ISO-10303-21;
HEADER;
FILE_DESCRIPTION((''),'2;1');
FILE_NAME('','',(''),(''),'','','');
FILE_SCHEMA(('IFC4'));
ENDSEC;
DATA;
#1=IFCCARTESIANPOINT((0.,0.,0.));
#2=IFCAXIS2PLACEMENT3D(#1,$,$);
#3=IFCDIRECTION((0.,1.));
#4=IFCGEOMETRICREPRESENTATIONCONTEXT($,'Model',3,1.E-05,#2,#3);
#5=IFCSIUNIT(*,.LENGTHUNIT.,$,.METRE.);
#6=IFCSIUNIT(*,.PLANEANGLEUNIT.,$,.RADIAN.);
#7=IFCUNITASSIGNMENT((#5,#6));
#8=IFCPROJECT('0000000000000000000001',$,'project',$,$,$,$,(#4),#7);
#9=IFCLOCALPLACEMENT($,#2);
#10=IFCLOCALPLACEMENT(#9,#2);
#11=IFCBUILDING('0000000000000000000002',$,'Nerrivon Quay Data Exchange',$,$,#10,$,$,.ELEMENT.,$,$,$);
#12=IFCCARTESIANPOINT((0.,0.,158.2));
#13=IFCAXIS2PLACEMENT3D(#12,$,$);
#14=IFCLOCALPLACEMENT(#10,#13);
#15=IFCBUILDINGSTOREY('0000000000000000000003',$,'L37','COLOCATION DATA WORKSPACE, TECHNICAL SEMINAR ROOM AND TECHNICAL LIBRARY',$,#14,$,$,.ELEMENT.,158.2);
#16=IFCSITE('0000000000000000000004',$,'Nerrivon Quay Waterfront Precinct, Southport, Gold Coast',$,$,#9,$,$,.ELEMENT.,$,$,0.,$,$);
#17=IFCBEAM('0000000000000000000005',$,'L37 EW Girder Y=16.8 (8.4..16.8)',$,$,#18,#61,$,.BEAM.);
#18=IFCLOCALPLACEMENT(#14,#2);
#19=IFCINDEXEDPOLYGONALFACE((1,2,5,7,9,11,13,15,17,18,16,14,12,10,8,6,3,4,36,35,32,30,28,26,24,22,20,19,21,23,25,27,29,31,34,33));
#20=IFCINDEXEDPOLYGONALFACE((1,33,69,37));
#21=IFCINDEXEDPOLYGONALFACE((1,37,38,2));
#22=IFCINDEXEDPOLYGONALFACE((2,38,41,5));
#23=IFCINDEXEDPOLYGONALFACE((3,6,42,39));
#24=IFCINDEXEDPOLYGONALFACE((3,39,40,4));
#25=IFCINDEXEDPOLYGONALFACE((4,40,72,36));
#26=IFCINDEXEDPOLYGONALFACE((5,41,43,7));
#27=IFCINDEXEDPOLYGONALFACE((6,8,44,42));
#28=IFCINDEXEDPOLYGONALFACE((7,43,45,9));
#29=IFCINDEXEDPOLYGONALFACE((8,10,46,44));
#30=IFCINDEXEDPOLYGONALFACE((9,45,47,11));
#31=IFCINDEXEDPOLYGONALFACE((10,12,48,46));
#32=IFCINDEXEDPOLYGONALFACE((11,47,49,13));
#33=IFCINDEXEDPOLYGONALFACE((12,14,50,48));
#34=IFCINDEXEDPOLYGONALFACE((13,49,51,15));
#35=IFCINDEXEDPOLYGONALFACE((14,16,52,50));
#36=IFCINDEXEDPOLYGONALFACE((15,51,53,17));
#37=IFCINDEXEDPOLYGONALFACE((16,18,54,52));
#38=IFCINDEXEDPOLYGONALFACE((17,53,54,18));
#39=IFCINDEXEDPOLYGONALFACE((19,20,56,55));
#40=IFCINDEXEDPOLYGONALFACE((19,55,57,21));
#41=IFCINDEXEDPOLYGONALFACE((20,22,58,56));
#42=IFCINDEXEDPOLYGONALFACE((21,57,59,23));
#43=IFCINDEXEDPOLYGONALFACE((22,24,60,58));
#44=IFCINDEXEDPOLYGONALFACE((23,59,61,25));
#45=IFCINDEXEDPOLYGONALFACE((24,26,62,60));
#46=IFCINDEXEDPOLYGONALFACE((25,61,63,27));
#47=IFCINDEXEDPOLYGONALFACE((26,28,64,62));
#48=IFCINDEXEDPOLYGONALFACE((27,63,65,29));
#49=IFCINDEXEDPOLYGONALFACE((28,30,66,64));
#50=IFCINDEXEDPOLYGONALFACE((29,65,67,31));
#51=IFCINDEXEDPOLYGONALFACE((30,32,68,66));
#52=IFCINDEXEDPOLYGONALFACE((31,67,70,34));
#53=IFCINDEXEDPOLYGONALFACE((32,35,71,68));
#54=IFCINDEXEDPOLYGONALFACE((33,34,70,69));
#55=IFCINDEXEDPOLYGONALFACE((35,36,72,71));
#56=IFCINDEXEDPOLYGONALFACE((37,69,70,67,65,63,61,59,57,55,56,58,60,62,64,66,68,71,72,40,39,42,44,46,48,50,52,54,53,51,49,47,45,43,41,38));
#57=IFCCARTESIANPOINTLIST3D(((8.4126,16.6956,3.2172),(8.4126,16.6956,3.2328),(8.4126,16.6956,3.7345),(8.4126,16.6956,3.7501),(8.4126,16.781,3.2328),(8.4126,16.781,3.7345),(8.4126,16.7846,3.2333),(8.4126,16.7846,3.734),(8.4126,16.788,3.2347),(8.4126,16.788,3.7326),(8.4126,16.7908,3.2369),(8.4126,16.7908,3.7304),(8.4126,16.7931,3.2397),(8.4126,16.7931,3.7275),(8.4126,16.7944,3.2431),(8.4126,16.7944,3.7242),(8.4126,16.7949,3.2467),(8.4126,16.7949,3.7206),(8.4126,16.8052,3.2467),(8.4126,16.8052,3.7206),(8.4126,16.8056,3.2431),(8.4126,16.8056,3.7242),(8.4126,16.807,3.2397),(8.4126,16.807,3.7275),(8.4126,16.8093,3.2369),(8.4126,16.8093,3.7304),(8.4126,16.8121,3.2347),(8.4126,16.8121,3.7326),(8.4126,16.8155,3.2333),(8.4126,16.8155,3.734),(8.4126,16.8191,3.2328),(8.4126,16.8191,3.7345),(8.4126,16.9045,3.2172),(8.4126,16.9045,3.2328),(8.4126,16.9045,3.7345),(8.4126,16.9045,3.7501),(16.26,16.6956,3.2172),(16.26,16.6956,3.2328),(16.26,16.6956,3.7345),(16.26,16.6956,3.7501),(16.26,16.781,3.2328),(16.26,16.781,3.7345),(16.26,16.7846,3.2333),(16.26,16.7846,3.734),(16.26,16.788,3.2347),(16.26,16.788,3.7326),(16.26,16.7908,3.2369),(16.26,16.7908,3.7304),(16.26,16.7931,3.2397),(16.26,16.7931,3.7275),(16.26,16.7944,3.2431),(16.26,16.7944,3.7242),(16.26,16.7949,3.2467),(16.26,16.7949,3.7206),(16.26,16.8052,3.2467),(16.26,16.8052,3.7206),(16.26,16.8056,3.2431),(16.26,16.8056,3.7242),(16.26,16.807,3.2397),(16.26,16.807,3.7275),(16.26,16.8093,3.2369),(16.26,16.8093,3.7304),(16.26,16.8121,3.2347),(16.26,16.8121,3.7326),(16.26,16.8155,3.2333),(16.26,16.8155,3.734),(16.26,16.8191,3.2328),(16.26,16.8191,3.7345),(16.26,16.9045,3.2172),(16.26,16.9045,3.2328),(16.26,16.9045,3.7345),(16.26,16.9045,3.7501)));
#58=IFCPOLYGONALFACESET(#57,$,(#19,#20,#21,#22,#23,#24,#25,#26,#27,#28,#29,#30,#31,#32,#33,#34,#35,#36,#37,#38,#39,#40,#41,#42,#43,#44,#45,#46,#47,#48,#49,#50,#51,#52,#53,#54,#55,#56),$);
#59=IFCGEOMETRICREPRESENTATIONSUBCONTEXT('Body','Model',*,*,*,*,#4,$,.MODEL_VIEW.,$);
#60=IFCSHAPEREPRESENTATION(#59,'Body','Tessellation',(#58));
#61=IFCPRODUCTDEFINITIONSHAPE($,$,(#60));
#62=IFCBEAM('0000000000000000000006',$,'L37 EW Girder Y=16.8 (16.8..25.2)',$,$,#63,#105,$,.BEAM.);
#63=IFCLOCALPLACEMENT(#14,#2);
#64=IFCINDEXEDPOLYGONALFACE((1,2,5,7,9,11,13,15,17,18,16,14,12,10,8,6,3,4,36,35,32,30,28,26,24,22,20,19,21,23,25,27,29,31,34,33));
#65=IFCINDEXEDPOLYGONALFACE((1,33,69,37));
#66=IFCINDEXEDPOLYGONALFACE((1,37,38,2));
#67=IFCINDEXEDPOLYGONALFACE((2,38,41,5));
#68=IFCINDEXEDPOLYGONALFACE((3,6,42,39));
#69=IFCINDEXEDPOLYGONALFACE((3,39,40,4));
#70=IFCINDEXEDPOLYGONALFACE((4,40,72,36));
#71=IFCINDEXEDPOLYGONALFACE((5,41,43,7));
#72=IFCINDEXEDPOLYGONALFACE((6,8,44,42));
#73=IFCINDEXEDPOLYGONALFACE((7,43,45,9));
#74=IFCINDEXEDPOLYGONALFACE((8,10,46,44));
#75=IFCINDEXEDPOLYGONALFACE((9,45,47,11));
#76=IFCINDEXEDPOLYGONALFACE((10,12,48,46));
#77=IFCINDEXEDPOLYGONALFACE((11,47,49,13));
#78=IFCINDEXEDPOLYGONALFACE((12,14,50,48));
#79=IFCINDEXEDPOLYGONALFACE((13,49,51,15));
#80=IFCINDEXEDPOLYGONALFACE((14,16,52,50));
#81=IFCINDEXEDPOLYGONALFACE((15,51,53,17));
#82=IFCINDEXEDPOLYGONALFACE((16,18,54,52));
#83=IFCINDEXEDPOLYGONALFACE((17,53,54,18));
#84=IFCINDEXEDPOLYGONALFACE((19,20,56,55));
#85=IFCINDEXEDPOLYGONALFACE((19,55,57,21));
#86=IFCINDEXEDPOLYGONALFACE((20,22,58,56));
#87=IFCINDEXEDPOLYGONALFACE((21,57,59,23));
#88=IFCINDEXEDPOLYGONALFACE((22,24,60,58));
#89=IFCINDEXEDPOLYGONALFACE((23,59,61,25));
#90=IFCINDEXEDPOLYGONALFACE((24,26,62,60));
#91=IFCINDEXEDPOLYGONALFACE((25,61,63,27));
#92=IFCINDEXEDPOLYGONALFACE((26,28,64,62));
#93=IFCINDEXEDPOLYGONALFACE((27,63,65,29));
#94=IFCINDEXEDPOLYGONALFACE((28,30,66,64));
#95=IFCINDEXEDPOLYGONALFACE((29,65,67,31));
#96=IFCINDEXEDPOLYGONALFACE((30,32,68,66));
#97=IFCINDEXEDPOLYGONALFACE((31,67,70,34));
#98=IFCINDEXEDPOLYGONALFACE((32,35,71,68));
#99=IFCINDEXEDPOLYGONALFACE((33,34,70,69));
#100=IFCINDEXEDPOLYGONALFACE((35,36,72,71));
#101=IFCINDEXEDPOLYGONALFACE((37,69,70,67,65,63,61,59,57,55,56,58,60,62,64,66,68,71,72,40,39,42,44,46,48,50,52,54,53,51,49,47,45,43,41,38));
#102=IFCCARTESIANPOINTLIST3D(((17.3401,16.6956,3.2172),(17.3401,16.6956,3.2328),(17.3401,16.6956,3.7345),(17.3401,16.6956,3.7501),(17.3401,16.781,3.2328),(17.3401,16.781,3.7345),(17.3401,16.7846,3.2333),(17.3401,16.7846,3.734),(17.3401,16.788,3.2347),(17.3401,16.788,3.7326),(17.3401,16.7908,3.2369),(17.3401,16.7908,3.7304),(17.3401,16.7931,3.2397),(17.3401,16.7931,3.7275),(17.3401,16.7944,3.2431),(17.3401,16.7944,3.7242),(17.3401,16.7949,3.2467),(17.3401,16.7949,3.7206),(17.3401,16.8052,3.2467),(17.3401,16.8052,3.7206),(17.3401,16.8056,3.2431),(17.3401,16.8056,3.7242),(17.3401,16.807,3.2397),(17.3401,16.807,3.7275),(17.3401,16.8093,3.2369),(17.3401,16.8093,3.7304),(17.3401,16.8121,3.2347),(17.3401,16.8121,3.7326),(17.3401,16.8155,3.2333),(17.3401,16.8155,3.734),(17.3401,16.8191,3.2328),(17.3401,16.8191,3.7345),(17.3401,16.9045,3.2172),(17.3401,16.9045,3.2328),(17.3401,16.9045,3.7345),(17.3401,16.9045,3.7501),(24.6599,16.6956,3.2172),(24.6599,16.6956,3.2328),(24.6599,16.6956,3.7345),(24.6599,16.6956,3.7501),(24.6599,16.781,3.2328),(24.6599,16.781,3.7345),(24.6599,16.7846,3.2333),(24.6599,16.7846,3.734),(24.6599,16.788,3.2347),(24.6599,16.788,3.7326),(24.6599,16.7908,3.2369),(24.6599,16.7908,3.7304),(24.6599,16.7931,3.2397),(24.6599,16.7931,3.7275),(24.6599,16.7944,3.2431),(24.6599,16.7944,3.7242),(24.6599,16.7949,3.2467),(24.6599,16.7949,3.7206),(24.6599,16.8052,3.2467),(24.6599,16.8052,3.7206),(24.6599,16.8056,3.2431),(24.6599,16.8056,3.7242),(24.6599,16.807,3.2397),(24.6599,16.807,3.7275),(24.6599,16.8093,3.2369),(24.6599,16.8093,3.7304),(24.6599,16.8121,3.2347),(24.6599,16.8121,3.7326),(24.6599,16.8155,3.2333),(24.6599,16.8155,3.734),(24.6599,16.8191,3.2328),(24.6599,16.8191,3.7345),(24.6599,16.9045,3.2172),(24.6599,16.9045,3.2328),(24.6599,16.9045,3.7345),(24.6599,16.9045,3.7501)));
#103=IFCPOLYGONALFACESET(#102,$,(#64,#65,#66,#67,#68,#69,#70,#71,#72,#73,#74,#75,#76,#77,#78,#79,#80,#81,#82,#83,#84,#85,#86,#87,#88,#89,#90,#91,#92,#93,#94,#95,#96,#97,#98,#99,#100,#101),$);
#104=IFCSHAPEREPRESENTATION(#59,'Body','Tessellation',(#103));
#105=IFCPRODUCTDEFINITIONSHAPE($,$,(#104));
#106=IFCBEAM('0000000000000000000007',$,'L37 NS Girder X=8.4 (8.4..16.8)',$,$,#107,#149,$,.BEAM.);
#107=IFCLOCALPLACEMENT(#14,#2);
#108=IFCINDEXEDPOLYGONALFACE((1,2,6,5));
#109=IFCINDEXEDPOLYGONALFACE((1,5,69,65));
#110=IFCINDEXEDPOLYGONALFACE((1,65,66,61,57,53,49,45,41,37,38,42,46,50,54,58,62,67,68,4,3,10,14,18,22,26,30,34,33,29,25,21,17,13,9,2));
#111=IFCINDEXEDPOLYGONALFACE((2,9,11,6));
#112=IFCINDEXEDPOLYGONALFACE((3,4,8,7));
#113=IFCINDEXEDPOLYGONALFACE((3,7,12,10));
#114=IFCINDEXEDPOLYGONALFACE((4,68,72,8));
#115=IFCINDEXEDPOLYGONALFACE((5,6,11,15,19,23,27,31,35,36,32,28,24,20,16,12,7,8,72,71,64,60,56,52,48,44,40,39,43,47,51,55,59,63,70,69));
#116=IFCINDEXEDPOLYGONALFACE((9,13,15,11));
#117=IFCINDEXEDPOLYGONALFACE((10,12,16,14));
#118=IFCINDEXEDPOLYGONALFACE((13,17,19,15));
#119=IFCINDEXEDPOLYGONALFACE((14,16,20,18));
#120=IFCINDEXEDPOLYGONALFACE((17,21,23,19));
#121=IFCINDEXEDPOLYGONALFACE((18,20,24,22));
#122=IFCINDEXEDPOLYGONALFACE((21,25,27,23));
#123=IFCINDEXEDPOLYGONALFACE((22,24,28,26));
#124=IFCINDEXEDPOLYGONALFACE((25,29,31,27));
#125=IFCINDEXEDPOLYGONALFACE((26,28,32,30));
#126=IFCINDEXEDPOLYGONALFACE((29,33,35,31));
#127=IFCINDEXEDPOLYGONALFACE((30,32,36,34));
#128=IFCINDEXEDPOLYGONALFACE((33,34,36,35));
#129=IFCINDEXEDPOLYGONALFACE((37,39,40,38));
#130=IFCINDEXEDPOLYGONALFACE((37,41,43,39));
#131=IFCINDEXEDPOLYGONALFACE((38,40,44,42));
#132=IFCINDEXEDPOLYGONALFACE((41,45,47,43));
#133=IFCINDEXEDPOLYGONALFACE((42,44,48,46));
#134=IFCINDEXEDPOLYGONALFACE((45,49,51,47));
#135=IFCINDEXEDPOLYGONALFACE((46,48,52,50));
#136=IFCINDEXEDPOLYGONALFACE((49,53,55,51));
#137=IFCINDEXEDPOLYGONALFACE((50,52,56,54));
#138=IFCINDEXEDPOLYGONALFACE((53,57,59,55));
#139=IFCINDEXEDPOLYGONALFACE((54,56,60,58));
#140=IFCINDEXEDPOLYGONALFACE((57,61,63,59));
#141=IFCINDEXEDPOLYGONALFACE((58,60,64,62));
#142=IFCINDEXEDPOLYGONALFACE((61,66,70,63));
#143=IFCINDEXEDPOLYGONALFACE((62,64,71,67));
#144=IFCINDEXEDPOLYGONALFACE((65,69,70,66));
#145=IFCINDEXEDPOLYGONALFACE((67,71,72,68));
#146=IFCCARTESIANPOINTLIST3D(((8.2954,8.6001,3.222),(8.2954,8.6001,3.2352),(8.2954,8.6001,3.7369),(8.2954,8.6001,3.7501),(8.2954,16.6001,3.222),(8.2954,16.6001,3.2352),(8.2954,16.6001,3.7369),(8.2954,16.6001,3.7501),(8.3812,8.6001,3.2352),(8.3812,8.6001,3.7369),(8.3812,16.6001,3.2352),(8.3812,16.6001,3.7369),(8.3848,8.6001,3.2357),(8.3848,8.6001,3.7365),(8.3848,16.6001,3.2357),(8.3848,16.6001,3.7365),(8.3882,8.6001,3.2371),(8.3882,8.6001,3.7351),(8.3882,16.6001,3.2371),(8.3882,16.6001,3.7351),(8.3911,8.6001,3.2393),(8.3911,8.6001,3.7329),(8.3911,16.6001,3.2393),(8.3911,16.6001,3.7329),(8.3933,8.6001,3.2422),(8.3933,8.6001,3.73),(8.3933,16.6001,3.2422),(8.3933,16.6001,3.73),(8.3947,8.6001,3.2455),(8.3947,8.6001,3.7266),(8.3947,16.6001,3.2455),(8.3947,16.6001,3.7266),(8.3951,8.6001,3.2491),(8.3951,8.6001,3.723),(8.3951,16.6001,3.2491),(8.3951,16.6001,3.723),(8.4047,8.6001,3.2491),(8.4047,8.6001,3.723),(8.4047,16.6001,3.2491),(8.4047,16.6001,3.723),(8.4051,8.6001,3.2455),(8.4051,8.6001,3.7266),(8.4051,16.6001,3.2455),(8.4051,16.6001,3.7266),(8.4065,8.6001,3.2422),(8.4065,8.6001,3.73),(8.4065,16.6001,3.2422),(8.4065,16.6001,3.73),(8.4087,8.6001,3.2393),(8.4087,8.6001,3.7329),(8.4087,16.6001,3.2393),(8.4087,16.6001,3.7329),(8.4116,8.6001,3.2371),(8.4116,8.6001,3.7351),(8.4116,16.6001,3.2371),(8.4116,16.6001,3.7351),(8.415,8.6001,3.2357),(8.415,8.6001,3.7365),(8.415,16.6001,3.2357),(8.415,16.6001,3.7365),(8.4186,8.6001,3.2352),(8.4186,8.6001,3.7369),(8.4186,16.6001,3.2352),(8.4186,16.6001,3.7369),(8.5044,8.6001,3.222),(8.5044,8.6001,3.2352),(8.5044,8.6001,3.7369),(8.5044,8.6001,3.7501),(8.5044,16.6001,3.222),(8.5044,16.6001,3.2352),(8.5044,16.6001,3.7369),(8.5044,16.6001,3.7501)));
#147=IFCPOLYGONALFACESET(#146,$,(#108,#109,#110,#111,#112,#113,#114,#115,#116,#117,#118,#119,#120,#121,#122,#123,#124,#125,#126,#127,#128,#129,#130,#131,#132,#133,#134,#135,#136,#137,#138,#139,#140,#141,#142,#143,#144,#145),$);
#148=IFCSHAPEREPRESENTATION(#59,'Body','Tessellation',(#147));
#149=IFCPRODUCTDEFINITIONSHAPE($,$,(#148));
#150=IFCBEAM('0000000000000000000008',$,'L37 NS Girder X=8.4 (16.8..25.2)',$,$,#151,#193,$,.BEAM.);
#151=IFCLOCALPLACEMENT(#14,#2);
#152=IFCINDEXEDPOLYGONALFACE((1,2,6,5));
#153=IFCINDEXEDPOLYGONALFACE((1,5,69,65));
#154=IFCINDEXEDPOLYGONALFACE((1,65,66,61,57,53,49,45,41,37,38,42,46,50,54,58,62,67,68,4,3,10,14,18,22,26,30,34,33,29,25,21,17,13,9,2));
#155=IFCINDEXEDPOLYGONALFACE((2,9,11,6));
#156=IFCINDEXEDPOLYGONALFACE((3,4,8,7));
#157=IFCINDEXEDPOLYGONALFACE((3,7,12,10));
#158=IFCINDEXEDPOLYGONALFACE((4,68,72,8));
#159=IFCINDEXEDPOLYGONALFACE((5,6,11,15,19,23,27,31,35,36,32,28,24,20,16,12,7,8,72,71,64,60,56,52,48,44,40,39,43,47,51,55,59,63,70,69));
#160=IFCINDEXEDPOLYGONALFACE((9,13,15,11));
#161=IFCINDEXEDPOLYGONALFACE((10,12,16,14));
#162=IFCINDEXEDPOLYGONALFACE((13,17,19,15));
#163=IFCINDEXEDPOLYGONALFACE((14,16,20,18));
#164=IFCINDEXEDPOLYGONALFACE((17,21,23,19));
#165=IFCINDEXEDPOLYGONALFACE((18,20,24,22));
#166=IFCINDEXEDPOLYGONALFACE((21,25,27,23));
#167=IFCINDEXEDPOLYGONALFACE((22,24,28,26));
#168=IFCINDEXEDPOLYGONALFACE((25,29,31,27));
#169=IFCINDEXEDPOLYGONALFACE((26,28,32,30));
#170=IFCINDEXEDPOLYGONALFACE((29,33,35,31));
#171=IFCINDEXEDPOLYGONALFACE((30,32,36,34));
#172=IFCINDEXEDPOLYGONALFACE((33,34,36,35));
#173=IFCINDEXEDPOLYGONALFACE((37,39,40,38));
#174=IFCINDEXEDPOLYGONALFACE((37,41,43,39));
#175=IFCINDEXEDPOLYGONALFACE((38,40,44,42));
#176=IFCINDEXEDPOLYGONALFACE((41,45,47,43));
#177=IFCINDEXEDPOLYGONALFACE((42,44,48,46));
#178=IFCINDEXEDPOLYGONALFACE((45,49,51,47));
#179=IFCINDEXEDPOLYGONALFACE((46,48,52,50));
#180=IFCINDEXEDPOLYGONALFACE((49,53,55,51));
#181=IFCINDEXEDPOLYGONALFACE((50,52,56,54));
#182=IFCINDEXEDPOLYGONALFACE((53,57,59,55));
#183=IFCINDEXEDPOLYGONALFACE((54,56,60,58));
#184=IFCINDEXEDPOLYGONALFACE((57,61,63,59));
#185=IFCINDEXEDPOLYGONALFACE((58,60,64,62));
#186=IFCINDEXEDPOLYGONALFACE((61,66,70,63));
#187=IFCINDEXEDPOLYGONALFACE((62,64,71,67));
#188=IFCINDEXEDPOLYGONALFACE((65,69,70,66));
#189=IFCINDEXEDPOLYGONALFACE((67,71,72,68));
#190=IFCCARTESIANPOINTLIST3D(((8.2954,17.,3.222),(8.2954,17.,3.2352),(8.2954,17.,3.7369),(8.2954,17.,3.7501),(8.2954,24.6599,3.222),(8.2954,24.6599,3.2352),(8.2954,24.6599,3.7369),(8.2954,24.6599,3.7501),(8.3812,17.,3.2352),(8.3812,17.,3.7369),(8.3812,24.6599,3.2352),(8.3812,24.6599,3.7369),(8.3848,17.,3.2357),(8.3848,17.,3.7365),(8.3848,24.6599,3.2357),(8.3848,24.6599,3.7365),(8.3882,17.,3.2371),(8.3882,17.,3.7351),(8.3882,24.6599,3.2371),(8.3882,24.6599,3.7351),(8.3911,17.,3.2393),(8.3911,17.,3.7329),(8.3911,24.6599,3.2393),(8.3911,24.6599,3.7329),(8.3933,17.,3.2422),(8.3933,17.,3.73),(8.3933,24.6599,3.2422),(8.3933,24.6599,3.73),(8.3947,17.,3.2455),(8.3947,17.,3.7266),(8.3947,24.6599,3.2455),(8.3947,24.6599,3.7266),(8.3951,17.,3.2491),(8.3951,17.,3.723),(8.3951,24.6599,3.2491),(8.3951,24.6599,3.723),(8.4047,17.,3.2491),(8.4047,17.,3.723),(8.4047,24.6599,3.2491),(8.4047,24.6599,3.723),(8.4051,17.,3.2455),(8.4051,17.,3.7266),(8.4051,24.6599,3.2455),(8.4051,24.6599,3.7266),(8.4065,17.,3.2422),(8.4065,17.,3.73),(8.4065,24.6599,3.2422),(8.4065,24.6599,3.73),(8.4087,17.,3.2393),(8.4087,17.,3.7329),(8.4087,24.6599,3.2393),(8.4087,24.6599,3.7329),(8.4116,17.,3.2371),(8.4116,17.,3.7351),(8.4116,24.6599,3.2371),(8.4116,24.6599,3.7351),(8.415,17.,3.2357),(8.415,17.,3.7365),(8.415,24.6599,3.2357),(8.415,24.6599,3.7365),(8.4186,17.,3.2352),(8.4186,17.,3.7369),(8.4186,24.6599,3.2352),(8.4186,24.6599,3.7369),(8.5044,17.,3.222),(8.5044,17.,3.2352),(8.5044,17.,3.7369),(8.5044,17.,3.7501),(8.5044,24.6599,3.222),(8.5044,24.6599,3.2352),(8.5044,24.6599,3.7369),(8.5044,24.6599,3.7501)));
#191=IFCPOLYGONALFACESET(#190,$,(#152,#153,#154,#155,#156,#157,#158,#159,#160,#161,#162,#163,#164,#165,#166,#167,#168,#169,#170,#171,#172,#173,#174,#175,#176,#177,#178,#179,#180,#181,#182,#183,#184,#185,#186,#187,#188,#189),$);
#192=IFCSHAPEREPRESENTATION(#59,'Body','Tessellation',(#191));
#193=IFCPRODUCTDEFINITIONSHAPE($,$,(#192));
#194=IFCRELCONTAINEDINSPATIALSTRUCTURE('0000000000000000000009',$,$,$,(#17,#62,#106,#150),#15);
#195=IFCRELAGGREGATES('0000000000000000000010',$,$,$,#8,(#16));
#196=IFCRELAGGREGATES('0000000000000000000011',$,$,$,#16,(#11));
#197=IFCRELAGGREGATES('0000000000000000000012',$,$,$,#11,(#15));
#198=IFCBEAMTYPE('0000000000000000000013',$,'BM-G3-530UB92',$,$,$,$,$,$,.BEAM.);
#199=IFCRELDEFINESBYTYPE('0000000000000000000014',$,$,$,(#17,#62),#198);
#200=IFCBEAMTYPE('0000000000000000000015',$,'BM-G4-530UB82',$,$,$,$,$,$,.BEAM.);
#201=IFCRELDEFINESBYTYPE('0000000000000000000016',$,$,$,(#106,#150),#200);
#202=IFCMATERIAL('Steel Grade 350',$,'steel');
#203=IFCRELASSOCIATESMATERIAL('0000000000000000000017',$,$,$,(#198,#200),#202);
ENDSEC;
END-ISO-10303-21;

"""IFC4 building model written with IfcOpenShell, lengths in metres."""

from ifc_helpers import new_model, si_unit, direction, frame, origin, origin_2d, place, context, subcontext, project, spatial, i_section, extrude, material, material_profile, profile_set, type_object, element, save


model = new_model("IFC4")

# Units and contexts
model_context = context("Model", 3, precision=1e-05, world=origin(), true_north=direction((0.0, 1.0)))
body_context = subcontext(model_context, "Body", "Model", "MODEL_VIEW")
ifc_project = project(units=[si_unit("LENGTHUNIT", "METRE"), si_unit("PLANEANGLEUNIT", "RADIAN")], contexts=[model_context])

# Site, building, storey
site_placement = place(None, origin())
site = spatial("IfcSite", under=ifc_project, at=site_placement, Name="Nerrivon Quay Waterfront Precinct, Southport, Gold Coast", CompositionType="ELEMENT", RefElevation=0.0)
building_placement = place(site_placement, origin())
building = spatial("IfcBuilding", under=site, at=building_placement, Name="Nerrivon Quay Data Exchange", CompositionType="ELEMENT")
storey_placement = place(building_placement, frame((0.0, 0.0, 158.2)))
storey = spatial("IfcBuildingStorey", under=building, at=storey_placement, Name="L37", Description="COLOCATION DATA WORKSPACE, TECHNICAL SEMINAR ROOM AND TECHNICAL LIBRARY", CompositionType="ELEMENT", Elevation=158.2)

# Shared definitions
ifc_material_1 = material(Name="Steel Grade 350", Category="steel")

# Beams
ifc_material_profile_1 = material_profile(ifc_material_1, i_section(OverallWidth=0.209, OverallDepth=0.533, WebThickness=0.0103, FlangeThickness=0.0156, FilletRadius=0.0139, at=origin_2d()), Name="530UB92.4")
ifc_profile_set_1 = profile_set([ifc_material_profile_1], Name="Steel Grade 350")
beam_type_1 = type_object("IfcBeamType", Name="BM-G3-530UB92", PredefinedType="BEAM", material=ifc_profile_set_1)
beam_1_placement = place(storey_placement, frame((8.4126, 16.8, 3.4836), z_axis=(1.0, 0.0, 0.0), x_axis=(0.0, 1.0, 0.0)))
element("IfcBeam", 1, at=beam_1_placement, inside=storey, type_object=beam_type_1, Name="L37 EW Girder Y=16.8 (8.4..16.8)", PredefinedType="BEAM", context=body_context, shape_type="SweptSolid", body=[
    extrude(i_section(OverallWidth=0.209, OverallDepth=0.533, WebThickness=0.0103, FlangeThickness=0.0156, FilletRadius=0.0139, at=origin_2d()), origin(), (0.0, 0.0, 1.0), 7.8474),
])
beam_2_placement = place(storey_placement, frame((17.3401, 16.8, 3.4836), z_axis=(1.0, 0.0, 0.0), x_axis=(0.0, 1.0, 0.0)))
element("IfcBeam", 2, at=beam_2_placement, inside=storey, type_object=beam_type_1, Name="L37 EW Girder Y=16.8 (16.8..25.2)", PredefinedType="BEAM", context=body_context, shape_type="SweptSolid", body=[
    extrude(i_section(OverallWidth=0.209, OverallDepth=0.533, WebThickness=0.0103, FlangeThickness=0.0156, FilletRadius=0.0139, at=origin_2d()), origin(), (0.0, 0.0, 1.0), 7.3198),
])
ifc_material_profile_2 = material_profile(ifc_material_1, i_section(OverallWidth=0.209, OverallDepth=0.5281, WebThickness=0.0095, FlangeThickness=0.0132, FilletRadius=0.0139, at=origin_2d()), Name="530UB82.0")
ifc_profile_set_2 = profile_set([ifc_material_profile_2], Name="Steel Grade 350")
beam_type_2 = type_object("IfcBeamType", Name="BM-G4-530UB82", PredefinedType="BEAM", material=ifc_profile_set_2)
beam_3_placement = place(storey_placement, frame((8.3999, 8.6001, 3.4861), z_axis=(0.0, 1.0, 0.0), x_axis=(-1.0, 0.0, 0.0)))
element("IfcBeam", 3, at=beam_3_placement, inside=storey, type_object=beam_type_2, Name="L37 NS Girder X=8.4 (8.4..16.8)", PredefinedType="BEAM", context=body_context, shape_type="SweptSolid", body=[
    extrude(i_section(OverallWidth=0.209, OverallDepth=0.5281, WebThickness=0.0095, FlangeThickness=0.0132, FilletRadius=0.0139, at=origin_2d()), origin(), (0.0, 0.0, 1.0), 8.0),
])
beam_4_placement = place(storey_placement, frame((8.3999, 17.0, 3.4861), z_axis=(0.0, 1.0, 0.0), x_axis=(-1.0, 0.0, 0.0)))
element("IfcBeam", 4, at=beam_4_placement, inside=storey, type_object=beam_type_2, Name="L37 NS Girder X=8.4 (16.8..25.2)", PredefinedType="BEAM", context=body_context, shape_type="SweptSolid", body=[
    extrude(i_section(OverallWidth=0.209, OverallDepth=0.5281, WebThickness=0.0095, FlangeThickness=0.0132, FilletRadius=0.0139, at=origin_2d()), origin(), (0.0, 0.0, 1.0), 7.6599),
])

save(model, "model.ifc")
